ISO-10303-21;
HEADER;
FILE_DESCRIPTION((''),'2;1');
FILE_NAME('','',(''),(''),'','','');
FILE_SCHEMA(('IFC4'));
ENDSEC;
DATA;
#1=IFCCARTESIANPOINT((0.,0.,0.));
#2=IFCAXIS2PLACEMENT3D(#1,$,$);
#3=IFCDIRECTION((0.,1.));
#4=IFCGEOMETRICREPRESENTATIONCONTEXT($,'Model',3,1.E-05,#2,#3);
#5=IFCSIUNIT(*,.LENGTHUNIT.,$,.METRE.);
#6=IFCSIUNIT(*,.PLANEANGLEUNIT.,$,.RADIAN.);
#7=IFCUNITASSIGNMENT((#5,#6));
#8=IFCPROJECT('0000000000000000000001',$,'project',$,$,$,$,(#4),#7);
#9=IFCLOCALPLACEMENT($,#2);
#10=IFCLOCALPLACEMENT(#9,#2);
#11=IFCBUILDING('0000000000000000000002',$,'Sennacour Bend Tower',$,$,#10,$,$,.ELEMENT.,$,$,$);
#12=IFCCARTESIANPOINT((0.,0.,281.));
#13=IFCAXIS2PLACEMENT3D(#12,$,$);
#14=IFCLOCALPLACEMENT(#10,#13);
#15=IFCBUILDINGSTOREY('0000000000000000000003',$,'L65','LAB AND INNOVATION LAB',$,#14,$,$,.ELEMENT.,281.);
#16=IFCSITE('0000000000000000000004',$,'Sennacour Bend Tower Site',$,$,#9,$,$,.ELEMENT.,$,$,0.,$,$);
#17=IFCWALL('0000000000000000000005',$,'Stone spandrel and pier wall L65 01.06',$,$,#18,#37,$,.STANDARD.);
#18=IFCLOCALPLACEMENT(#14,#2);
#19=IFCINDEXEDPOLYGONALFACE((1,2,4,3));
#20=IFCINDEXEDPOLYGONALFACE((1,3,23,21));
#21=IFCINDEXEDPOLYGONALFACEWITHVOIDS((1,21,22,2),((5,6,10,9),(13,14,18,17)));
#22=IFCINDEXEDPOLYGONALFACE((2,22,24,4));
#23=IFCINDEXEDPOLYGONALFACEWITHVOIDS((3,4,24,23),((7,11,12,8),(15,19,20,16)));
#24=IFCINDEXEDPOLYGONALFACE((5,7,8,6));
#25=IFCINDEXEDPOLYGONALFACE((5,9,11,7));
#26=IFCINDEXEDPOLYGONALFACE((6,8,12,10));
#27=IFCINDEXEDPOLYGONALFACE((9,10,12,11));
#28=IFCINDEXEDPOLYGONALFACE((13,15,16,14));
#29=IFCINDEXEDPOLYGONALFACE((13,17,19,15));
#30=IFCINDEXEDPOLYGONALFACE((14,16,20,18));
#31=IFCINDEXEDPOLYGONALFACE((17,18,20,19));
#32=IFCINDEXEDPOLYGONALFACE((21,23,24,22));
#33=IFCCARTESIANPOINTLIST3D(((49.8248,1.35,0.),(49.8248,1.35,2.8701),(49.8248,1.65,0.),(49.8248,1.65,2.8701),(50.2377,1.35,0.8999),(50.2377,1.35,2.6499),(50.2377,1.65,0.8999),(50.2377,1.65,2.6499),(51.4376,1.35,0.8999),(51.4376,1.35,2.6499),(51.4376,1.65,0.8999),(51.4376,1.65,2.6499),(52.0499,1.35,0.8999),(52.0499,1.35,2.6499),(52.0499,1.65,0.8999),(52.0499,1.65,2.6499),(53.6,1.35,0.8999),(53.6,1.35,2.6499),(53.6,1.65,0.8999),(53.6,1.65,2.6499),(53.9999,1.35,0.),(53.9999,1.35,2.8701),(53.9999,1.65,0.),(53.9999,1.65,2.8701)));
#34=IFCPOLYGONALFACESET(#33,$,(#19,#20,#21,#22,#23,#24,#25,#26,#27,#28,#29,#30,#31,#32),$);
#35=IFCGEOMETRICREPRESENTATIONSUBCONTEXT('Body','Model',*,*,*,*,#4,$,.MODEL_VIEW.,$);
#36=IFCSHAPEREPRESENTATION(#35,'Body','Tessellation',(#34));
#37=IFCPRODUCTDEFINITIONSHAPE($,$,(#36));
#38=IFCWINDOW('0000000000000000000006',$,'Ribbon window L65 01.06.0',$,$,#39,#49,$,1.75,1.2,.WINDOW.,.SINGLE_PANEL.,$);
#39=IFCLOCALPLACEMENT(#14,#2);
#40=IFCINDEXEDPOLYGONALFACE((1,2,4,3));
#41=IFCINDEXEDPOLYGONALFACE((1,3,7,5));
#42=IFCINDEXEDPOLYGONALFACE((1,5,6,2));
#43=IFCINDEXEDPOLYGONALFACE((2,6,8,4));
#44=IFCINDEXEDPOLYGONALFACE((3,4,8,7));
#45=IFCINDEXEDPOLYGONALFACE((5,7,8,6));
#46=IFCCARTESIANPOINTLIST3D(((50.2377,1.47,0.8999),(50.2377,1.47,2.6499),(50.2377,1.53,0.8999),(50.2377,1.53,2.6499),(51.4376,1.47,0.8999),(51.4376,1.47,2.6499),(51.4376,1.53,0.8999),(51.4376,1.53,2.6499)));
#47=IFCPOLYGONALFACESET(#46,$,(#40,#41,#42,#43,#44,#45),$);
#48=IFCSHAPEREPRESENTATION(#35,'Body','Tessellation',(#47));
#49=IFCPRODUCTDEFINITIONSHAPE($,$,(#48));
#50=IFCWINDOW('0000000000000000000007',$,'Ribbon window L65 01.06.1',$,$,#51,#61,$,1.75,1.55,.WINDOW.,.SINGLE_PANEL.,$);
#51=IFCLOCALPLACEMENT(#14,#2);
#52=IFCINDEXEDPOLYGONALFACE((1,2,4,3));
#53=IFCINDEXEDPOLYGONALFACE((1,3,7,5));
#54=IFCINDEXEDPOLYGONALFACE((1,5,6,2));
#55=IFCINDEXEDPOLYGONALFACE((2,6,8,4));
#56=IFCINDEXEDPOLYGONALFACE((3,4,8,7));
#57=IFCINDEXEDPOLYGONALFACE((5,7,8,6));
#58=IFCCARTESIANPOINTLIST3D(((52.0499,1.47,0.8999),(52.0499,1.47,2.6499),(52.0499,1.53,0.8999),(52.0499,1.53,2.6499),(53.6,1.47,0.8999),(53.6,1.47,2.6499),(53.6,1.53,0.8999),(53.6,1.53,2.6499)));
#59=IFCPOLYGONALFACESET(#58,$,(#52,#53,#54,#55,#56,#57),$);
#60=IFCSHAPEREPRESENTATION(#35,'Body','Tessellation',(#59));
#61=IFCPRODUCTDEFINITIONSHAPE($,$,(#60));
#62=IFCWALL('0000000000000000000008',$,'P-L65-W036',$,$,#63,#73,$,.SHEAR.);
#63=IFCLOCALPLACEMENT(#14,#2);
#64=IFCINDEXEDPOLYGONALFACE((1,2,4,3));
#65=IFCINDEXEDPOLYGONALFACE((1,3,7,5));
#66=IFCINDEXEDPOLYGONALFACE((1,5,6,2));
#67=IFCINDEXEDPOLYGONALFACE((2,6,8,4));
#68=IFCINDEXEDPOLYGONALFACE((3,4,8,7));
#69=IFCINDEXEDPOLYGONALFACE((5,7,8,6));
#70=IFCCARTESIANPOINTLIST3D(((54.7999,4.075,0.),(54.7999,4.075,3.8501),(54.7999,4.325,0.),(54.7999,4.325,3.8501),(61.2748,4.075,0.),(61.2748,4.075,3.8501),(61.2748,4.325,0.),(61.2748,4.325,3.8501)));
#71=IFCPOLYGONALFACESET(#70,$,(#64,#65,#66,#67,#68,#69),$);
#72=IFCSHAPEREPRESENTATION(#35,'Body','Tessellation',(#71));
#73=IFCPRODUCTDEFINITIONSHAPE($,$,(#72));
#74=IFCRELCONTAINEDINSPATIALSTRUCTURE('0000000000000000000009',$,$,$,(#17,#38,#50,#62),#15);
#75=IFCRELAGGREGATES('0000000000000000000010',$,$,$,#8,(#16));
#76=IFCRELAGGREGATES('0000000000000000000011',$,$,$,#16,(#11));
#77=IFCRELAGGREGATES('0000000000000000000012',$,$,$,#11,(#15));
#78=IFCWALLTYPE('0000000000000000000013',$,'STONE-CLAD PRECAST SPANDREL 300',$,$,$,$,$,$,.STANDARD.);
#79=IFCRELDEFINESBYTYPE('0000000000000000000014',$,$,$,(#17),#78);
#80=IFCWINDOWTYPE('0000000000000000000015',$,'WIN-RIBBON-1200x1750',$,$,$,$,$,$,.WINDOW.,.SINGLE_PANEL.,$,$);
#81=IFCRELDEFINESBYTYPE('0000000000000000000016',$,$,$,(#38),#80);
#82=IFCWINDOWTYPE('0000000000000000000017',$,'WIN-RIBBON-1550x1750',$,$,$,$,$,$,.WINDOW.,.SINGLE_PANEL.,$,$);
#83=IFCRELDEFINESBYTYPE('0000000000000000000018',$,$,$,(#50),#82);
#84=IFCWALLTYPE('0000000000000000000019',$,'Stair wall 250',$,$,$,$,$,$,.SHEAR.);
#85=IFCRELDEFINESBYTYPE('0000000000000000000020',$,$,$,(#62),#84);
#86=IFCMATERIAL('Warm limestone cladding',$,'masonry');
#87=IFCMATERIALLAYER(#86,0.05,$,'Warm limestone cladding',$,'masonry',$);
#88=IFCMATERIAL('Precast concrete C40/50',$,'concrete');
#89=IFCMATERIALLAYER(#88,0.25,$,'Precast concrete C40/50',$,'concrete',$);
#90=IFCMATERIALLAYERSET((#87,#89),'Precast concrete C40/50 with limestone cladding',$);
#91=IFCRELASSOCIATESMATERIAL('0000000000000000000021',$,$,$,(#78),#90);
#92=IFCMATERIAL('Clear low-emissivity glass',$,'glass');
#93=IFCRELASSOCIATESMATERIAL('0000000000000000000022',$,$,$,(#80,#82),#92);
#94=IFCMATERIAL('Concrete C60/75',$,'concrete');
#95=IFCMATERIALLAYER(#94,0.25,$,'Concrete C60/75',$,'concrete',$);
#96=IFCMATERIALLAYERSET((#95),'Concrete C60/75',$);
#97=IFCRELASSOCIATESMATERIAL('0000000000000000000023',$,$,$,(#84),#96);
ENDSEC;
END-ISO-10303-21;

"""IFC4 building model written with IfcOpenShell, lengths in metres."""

from ifc_helpers import new_model, si_unit, direction, frame, frame_2d, origin, place, context, subcontext, project, spatial, rectangle, extrude, material, layer, layer_set, type_object, element, fill, save


model = new_model("IFC4")

# Units and contexts
model_context = context("Model", 3, precision=1e-05, world=origin(), true_north=direction((0.0, 1.0)))
body_context = subcontext(model_context, "Body", "Model", "MODEL_VIEW")
ifc_project = project(units=[si_unit("LENGTHUNIT", "METRE"), si_unit("PLANEANGLEUNIT", "RADIAN")], contexts=[model_context])

# Site, building, storey
site_placement = place(None, origin())
site = spatial("IfcSite", under=ifc_project, at=site_placement, Name="Sennacour Bend Tower Site", CompositionType="ELEMENT", RefElevation=0.0)
building_placement = place(site_placement, origin())
building = spatial("IfcBuilding", under=site, at=building_placement, Name="Sennacour Bend Tower", CompositionType="ELEMENT")
storey_placement = place(building_placement, frame((0.0, 0.0, 281.0)))
storey = spatial("IfcBuildingStorey", under=building, at=storey_placement, Name="L65", Description="LAB AND INNOVATION LAB", CompositionType="ELEMENT", Elevation=281.0)

# Wall, openings, windows
ifc_material_1 = material(Name="Warm limestone cladding", Category="masonry")
ifc_layer_1 = layer(ifc_material_1, 0.05, Name="Warm limestone cladding", Category="masonry")
ifc_material_2 = material(Name="Precast concrete C40/50", Category="concrete")
ifc_layer_2 = layer(ifc_material_2, 0.25, Name="Precast concrete C40/50", Category="concrete")
ifc_layer_set_1 = layer_set([ifc_layer_1, ifc_layer_2], Name="Precast concrete C40/50 with limestone cladding")
wall_type_1 = type_object("IfcWallType", Name="STONE-CLAD PRECAST SPANDREL 300", PredefinedType="STANDARD", material=ifc_layer_set_1)
wall_1_placement = place(storey_placement, frame((49.825, 1.5, 0.0), z_axis=(0.0, 0.0, 1.0), x_axis=(1.0, 0.0, 0.0)))
wall_1 = element("IfcWall", 1, at=wall_1_placement, inside=storey, type_object=wall_type_1, Name="Stone spandrel and pier wall L65 01.06", PredefinedType="STANDARD", context=body_context, shape_type="SweptSolid", body=[
    extrude(rectangle(XDim=4.175, YDim=0.3, at=frame_2d((2.0874, 0.0))), origin(), (0.0, 0.0, 1.0), 2.8701),
])
opening_1_placement = place(wall_1_placement, frame((0.4126, 0.0, 0.8999)))
opening_1 = element("IfcOpeningElement", 2, at=opening_1_placement, cuts=wall_1, PredefinedType="OPENING", context=body_context, shape_type="SweptSolid", body=[
    extrude(rectangle(XDim=1.2, YDim=1.75, at=frame_2d((0.6001, 0.875))), frame((0.0, 0.1602, 0.0), z_axis=(0.0, -1.0, 0.0), x_axis=(1.0, 0.0, 0.0)), (0.0, 0.0, 1.0), 0.3201),
])
opening_2_placement = place(wall_1_placement, frame((2.2251, 0.0, 0.8999)))
opening_2 = element("IfcOpeningElement", 3, at=opening_2_placement, cuts=wall_1, PredefinedType="OPENING", context=body_context, shape_type="SweptSolid", body=[
    extrude(rectangle(XDim=1.55, YDim=1.75, at=frame_2d((0.7749, 0.875))), frame((0.0, 0.1602, 0.0), z_axis=(0.0, -1.0, 0.0), x_axis=(1.0, 0.0, 0.0)), (0.0, 0.0, 1.0), 0.3201),
])
ifc_material_3 = material(Name="Clear low-emissivity glass", Category="glass")
window_type_1 = type_object("IfcWindowType", Name="WIN-RIBBON-1200x1750", PartitioningType="SINGLE_PANEL", PredefinedType="WINDOW", material=ifc_material_3)
window_1_placement = place(opening_1_placement, origin())
window_1 = element("IfcWindow", 4, at=window_1_placement, inside=storey, type_object=window_type_1, Name="Ribbon window L65 01.06.0", OverallHeight=1.75, OverallWidth=1.2, PartitioningType="SINGLE_PANEL", PredefinedType="WINDOW", context=body_context, shape_type="SweptSolid", body=[
    extrude(rectangle(XDim=1.2, YDim=1.75, at=frame_2d((0.6001, 0.875))), frame((0.0, 0.03, 0.0), z_axis=(0.0, -1.0, 0.0), x_axis=(1.0, 0.0, 0.0)), (0.0, 0.0, 1.0), 0.0601),
])
fill(opening_1, window_1)
window_type_2 = type_object("IfcWindowType", Name="WIN-RIBBON-1550x1750", PartitioningType="SINGLE_PANEL", PredefinedType="WINDOW", material=ifc_material_3)
window_2_placement = place(opening_2_placement, origin())
window_2 = element("IfcWindow", 5, at=window_2_placement, inside=storey, type_object=window_type_2, Name="Ribbon window L65 01.06.1", OverallHeight=1.75, OverallWidth=1.55, PartitioningType="SINGLE_PANEL", PredefinedType="WINDOW", context=body_context, shape_type="SweptSolid", body=[
    extrude(rectangle(XDim=1.55, YDim=1.75, at=frame_2d((0.7749, 0.875))), frame((0.0, 0.03, 0.0), z_axis=(0.0, -1.0, 0.0), x_axis=(1.0, 0.0, 0.0)), (0.0, 0.0, 1.0), 0.0601),
])
fill(opening_2, window_2)

# Wall
ifc_material_4 = material(Name="Concrete C60/75", Category="concrete")
ifc_layer_3 = layer(ifc_material_4, 0.25, Name="Concrete C60/75", Category="concrete")
ifc_layer_set_2 = layer_set([ifc_layer_3], Name="Concrete C60/75")
wall_type_2 = type_object("IfcWallType", Name="Stair wall 250", PredefinedType="SHEAR", material=ifc_layer_set_2)
wall_2_placement = place(storey_placement, frame((54.8, 4.2, 0.0), z_axis=(0.0, 0.0, 1.0), x_axis=(1.0, 0.0, 0.0)))
element("IfcWall", 6, at=wall_2_placement, inside=storey, type_object=wall_type_2, Name="P-L65-W036", PredefinedType="SHEAR", context=body_context, shape_type="SweptSolid", body=[
    extrude(rectangle(XDim=6.4749, YDim=0.25, at=frame_2d((3.2373, 0.0))), origin(), (0.0, 0.0, 1.0), 3.8501),
])

save(model, "model.ifc")
